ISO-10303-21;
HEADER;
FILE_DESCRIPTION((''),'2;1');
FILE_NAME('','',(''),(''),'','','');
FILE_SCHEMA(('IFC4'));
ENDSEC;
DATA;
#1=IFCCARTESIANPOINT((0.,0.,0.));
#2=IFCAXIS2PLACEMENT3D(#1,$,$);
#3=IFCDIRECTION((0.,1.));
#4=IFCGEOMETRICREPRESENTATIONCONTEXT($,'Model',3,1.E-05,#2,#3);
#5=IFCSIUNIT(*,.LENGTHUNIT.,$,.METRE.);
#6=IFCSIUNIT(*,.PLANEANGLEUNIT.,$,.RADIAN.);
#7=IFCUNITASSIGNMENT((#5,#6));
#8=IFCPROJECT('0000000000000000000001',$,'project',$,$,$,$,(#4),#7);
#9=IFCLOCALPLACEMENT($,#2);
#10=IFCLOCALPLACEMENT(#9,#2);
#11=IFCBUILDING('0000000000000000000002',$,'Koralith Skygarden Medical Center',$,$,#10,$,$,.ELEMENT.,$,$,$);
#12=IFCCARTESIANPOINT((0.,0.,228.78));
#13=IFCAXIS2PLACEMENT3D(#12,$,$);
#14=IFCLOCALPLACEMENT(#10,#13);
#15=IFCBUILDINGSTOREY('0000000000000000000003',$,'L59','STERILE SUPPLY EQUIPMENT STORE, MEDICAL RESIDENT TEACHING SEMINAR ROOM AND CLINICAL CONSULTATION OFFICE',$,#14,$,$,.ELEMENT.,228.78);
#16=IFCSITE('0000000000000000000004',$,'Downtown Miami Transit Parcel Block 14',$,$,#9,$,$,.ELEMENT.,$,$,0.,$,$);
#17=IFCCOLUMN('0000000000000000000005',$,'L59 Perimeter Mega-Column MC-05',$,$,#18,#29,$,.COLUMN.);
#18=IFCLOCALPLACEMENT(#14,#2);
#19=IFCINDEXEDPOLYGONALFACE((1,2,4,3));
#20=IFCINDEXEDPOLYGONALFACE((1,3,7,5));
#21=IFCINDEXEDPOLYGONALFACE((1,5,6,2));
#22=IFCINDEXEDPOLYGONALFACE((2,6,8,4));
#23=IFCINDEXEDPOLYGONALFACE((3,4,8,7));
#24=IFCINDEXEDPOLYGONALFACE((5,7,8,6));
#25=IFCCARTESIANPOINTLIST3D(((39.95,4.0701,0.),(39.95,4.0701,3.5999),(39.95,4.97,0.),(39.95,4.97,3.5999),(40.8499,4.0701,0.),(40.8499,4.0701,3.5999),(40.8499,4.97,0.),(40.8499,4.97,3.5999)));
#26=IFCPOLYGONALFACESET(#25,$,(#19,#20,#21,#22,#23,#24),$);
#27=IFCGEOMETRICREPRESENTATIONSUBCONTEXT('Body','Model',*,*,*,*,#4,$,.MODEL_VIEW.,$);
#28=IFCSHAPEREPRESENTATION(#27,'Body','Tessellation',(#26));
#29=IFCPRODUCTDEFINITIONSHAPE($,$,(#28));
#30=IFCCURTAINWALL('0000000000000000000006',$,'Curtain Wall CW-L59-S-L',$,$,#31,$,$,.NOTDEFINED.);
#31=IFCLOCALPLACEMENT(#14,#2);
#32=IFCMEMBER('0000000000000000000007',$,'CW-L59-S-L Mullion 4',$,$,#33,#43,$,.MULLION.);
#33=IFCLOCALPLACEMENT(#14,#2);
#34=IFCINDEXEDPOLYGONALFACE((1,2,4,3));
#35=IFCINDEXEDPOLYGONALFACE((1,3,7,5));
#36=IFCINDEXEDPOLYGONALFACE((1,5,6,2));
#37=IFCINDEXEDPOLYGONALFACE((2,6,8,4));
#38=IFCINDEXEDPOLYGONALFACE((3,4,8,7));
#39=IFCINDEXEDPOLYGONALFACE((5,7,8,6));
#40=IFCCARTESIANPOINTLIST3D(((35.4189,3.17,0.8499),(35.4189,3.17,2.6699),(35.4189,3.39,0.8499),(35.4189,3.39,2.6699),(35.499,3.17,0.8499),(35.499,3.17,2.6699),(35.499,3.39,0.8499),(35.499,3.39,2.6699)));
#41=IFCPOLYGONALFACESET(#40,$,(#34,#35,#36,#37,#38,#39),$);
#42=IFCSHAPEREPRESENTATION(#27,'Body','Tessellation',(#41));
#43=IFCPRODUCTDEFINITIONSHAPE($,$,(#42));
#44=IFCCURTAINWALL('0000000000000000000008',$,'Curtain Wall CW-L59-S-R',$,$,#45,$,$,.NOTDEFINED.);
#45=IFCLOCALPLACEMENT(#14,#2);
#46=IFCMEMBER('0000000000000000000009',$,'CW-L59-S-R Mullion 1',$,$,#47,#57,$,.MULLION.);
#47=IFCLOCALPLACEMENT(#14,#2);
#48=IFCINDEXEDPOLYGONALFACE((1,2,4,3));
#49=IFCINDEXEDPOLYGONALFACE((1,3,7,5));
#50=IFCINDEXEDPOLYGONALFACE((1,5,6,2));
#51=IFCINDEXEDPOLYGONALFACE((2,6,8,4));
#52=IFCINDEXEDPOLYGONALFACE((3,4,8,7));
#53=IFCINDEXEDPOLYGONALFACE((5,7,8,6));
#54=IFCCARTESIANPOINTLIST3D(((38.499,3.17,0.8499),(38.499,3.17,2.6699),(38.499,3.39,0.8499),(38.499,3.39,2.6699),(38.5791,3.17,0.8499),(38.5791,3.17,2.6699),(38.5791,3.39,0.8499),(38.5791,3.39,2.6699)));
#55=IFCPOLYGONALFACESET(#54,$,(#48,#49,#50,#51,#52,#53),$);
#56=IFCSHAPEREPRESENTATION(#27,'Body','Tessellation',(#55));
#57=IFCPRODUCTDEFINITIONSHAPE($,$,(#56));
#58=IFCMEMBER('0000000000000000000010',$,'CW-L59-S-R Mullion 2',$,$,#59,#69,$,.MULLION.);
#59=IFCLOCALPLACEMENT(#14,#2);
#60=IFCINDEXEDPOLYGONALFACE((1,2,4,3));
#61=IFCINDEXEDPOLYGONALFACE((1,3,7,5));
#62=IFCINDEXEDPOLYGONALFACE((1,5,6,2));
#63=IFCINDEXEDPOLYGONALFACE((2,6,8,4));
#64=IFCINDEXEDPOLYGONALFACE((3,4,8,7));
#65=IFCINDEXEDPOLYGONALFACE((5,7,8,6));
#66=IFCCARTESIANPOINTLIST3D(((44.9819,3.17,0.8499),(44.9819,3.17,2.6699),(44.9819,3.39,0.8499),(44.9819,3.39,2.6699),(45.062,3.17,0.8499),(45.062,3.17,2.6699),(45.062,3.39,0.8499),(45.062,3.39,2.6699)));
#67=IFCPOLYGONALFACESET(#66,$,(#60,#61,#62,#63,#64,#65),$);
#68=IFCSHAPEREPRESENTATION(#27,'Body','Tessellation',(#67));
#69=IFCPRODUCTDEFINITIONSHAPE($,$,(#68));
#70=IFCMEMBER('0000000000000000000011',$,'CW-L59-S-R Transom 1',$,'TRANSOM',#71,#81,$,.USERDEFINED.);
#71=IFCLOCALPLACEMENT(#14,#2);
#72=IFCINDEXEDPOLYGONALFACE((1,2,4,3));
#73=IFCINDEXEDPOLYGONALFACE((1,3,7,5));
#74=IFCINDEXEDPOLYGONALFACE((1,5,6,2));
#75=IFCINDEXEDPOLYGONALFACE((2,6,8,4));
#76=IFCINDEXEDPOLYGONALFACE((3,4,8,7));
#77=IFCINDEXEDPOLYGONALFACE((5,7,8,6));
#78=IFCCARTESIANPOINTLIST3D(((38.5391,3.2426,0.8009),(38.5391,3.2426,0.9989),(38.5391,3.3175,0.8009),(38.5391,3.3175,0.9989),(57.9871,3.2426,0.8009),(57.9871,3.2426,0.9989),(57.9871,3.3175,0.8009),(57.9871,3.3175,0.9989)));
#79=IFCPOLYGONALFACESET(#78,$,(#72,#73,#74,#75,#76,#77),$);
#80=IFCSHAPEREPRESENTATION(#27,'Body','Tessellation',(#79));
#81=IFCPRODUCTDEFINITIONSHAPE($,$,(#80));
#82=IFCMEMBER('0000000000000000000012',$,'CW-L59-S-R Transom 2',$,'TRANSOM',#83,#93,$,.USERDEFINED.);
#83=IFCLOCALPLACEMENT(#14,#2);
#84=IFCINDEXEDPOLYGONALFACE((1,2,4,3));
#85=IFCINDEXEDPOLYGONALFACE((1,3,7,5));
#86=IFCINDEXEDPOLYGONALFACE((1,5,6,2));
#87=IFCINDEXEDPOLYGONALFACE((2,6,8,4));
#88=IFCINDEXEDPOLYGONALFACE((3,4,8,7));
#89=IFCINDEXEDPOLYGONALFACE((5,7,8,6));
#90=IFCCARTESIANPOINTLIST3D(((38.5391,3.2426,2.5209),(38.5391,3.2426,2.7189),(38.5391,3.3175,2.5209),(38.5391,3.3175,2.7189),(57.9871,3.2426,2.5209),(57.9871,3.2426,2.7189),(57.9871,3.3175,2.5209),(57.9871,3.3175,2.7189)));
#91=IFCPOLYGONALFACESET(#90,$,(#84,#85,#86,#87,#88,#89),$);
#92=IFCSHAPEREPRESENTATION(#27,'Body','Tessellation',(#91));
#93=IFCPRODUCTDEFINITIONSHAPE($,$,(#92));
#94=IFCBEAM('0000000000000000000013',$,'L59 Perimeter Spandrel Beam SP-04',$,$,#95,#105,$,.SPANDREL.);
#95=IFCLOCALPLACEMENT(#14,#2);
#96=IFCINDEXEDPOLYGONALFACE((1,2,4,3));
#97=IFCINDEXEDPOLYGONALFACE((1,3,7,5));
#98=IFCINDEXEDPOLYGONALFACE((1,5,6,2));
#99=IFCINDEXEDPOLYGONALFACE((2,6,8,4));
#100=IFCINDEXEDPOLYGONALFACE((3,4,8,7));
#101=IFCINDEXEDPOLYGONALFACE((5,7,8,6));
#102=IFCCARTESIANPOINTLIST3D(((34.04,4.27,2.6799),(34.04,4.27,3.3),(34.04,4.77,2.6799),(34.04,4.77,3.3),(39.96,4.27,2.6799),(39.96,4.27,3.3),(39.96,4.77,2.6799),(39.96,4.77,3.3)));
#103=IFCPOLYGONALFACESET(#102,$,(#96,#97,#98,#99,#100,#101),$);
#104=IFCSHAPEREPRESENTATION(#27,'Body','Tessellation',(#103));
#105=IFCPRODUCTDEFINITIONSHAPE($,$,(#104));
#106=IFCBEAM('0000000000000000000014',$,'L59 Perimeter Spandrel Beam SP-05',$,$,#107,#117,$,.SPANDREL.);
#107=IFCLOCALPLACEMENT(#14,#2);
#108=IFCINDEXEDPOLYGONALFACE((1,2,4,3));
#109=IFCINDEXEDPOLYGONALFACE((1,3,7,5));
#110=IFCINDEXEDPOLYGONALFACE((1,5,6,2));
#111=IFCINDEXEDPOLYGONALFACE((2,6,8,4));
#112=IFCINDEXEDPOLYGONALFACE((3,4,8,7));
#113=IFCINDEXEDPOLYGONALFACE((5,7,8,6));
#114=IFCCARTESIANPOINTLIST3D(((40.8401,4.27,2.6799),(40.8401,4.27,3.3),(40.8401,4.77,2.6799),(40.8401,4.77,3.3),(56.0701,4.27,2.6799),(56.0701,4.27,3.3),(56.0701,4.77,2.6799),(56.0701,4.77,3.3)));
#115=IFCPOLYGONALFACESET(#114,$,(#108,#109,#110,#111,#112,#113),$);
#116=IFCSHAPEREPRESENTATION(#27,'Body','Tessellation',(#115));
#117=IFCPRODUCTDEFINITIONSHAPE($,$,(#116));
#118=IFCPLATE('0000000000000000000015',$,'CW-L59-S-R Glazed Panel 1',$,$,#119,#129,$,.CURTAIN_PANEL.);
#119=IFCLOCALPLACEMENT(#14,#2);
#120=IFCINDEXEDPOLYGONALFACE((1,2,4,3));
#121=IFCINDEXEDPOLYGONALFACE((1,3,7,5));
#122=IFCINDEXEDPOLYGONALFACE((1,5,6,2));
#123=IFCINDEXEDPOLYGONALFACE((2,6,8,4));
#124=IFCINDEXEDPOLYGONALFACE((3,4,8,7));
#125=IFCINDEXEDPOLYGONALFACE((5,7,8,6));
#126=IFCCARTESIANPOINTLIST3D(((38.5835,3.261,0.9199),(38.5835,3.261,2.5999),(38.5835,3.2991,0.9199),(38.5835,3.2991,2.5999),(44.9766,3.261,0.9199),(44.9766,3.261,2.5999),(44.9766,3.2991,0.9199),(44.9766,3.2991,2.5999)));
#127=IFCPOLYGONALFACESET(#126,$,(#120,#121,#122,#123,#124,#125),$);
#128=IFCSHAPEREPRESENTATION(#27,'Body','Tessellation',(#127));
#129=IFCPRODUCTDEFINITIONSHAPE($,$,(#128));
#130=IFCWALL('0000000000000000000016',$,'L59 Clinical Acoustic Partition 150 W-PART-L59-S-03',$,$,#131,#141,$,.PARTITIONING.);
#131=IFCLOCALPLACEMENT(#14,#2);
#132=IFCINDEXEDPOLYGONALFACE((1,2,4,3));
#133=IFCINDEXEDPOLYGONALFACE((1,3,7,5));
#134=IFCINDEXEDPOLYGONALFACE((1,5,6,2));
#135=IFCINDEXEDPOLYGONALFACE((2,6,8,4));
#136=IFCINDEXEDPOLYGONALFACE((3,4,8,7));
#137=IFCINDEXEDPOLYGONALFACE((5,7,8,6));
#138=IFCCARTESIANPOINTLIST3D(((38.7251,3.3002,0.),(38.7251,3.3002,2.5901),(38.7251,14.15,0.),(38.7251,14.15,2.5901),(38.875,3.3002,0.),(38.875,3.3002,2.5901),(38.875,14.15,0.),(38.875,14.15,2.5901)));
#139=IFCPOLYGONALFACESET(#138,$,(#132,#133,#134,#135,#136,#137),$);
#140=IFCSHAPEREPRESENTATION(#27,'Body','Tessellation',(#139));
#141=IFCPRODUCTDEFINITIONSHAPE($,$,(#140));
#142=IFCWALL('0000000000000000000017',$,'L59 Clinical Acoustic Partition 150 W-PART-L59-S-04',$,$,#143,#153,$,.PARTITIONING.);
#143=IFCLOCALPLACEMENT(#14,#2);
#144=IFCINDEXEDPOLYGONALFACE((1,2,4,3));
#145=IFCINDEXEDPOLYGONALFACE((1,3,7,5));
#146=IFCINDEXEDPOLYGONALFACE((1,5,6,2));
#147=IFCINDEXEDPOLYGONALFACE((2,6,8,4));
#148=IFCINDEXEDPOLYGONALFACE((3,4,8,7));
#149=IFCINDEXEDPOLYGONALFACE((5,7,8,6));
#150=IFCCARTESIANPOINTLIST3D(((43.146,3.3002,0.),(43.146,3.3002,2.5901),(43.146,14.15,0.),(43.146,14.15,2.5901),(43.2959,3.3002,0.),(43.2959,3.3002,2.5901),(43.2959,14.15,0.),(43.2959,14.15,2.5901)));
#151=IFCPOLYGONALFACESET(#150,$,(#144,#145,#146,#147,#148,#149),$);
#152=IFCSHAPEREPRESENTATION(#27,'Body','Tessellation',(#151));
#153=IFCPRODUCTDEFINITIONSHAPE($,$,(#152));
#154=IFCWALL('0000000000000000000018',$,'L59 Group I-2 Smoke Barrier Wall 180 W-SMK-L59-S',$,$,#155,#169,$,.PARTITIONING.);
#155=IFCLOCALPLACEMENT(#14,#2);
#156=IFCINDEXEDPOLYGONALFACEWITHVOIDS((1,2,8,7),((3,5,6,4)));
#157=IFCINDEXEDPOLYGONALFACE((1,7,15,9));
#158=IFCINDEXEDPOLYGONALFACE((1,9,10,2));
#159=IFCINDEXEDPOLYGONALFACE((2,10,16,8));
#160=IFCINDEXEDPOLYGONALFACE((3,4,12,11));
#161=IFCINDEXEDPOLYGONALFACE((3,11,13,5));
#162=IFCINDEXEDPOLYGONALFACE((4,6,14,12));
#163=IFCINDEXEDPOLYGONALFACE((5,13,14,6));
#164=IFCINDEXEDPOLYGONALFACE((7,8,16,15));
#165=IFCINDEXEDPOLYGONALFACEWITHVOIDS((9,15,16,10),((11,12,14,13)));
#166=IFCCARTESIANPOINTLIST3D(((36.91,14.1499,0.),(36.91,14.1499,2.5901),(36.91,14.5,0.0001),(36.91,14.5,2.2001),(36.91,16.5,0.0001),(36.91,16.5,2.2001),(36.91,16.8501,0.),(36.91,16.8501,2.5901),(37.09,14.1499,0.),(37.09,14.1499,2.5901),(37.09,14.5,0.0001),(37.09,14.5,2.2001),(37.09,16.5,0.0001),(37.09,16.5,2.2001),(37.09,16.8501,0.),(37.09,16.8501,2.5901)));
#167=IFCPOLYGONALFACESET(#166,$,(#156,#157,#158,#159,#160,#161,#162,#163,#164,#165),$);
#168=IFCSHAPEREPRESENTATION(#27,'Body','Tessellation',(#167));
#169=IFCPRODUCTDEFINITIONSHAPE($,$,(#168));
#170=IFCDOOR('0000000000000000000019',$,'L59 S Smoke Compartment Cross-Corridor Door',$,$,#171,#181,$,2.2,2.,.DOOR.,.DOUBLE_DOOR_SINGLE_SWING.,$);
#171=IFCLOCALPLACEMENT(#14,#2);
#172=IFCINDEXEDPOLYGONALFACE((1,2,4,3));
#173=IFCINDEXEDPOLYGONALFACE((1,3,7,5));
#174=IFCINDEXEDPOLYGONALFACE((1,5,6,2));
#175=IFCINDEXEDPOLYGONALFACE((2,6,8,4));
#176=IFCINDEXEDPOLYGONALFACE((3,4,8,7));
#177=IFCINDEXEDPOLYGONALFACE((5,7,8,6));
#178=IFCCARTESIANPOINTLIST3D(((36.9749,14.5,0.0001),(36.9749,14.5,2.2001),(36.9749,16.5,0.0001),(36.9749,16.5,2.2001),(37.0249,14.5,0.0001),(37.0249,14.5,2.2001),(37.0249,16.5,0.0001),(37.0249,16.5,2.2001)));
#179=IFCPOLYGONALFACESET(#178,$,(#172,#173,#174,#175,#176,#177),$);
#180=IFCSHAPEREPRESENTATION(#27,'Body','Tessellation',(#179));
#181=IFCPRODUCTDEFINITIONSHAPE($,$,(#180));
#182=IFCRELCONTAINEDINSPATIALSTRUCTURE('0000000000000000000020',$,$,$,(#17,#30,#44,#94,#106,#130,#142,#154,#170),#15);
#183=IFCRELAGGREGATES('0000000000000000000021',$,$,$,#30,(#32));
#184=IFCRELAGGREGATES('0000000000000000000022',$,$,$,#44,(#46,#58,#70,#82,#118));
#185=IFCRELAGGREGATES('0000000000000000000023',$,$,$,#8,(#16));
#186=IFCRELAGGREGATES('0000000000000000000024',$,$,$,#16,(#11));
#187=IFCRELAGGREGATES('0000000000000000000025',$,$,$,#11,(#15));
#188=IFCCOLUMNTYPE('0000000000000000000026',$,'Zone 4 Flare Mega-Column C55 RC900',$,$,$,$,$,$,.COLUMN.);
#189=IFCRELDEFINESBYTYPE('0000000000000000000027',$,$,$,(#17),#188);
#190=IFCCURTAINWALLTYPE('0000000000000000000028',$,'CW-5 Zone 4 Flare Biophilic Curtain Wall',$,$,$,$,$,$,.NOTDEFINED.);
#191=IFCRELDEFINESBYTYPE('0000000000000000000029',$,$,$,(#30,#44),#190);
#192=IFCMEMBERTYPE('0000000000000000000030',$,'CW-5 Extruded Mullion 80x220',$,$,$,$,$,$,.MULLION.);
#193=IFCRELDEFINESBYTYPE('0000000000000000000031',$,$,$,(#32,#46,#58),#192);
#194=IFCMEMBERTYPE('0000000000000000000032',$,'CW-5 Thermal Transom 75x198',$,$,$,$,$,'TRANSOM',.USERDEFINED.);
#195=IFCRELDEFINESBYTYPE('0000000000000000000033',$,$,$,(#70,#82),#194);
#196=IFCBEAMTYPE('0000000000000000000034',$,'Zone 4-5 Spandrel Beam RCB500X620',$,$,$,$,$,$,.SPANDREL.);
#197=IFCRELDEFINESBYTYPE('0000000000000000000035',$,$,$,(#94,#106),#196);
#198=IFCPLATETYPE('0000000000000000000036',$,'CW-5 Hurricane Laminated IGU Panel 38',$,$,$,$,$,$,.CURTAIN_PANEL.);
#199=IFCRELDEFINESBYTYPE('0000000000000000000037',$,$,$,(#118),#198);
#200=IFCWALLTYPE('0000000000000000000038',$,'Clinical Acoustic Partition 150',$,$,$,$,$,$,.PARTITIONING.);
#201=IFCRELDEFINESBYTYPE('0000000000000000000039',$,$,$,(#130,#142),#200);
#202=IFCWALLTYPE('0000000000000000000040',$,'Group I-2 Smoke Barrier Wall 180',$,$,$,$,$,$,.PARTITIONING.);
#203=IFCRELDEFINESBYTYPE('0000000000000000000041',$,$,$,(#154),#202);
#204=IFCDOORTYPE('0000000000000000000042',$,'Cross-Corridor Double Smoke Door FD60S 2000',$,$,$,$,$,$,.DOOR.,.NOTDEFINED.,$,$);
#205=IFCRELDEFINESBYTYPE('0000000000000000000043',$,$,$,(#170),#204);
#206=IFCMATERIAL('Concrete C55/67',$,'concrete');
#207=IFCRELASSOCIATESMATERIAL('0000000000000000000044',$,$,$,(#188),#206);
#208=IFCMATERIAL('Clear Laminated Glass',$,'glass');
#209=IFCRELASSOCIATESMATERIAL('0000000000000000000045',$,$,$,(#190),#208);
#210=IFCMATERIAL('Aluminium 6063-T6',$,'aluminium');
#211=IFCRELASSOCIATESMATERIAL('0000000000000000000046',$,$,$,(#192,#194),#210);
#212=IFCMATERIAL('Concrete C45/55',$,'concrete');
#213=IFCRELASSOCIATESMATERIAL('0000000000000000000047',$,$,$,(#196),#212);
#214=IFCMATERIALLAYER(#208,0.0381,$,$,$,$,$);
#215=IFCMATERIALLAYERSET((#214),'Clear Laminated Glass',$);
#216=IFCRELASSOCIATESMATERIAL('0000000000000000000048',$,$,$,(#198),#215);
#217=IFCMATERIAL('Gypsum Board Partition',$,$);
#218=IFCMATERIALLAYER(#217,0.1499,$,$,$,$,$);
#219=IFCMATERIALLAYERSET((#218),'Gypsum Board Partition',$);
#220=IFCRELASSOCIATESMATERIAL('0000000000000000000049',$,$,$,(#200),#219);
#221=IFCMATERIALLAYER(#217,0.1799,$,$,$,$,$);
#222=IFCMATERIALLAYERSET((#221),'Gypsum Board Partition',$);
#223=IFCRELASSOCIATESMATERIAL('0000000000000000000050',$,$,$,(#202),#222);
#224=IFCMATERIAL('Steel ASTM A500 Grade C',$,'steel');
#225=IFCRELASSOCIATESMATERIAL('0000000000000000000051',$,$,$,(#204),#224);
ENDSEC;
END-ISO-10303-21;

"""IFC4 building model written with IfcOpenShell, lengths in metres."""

from ifc_helpers import new_model, si_unit, direction, frame, frame_2d, origin, origin_2d, place, context, subcontext, project, spatial, rectangle, extrude, material, layer, layer_set, material_profile, profile_set, type_object, element, fill, aggregate, save


model = new_model("IFC4")

# Units and contexts
model_context = context("Model", 3, precision=1e-05, world=origin(), true_north=direction((0.0, 1.0)))
body_context = subcontext(model_context, "Body", "Model", "MODEL_VIEW")
ifc_project = project(units=[si_unit("LENGTHUNIT", "METRE"), si_unit("PLANEANGLEUNIT", "RADIAN")], contexts=[model_context])

# Site, building, storey
site_placement = place(None, origin())
site = spatial("IfcSite", under=ifc_project, at=site_placement, Name="Downtown Miami Transit Parcel Block 14", CompositionType="ELEMENT", RefElevation=0.0)
building_placement = place(site_placement, origin())
building = spatial("IfcBuilding", under=site, at=building_placement, Name="Koralith Skygarden Medical Center", CompositionType="ELEMENT")
storey_placement = place(building_placement, frame((0.0, 0.0, 228.78)))
storey = spatial("IfcBuildingStorey", under=building, at=storey_placement, Name="L59", Description="STERILE SUPPLY EQUIPMENT STORE, MEDICAL RESIDENT TEACHING SEMINAR ROOM AND CLINICAL CONSULTATION OFFICE", CompositionType="ELEMENT", Elevation=228.78)

# Column
ifc_material_1 = material(Name="Concrete C55/67", Category="concrete")
ifc_material_profile_1 = material_profile(ifc_material_1, rectangle(XDim=0.8999, YDim=0.8999, at=origin_2d()), Name="RC900X900")
ifc_profile_set_1 = profile_set([ifc_material_profile_1], Name="Concrete C55/67")
column_type = type_object("IfcColumnType", Name="Zone 4 Flare Mega-Column C55 RC900", PredefinedType="COLUMN", material=ifc_profile_set_1)
column_placement = place(storey_placement, frame((40.3999, 4.52, 0.0), z_axis=(0.0, 0.0, 1.0), x_axis=(1.0, 0.0, 0.0)))
element("IfcColumn", 1, at=column_placement, inside=storey, type_object=column_type, Name="L59 Perimeter Mega-Column MC-05", PredefinedType="COLUMN", context=body_context, shape_type="SweptSolid", body=[
    extrude(rectangle(XDim=0.8999, YDim=0.8999, at=origin_2d()), origin(), (0.0, 0.0, 1.0), 3.5999),
])

# Curtain wall, member
ifc_material_2 = material(Name="Clear Laminated Glass", Category="glass")
curtain_wall_type = type_object("IfcCurtainWallType", Name="CW-5 Zone 4 Flare Biophilic Curtain Wall", PredefinedType="NOTDEFINED", material=ifc_material_2)
curtain_wall_1_placement = place(storey_placement, origin())
curtain_wall_1 = element("IfcCurtainWall", 2, at=curtain_wall_1_placement, inside=storey, type_object=curtain_wall_type, Name="Curtain Wall CW-L59-S-L", PredefinedType="NOTDEFINED")
ifc_material_3 = material(Name="Aluminium 6063-T6", Category="aluminium")
ifc_material_profile_2 = material_profile(ifc_material_3, rectangle(XDim=0.0801, YDim=0.22, at=origin_2d()), Name="MUL80X220")
ifc_profile_set_2 = profile_set([ifc_material_profile_2], Name="Aluminium 6063-T6")
member_type_1 = type_object("IfcMemberType", Name="CW-5 Extruded Mullion 80x220", PredefinedType="MULLION", material=ifc_profile_set_2)
member_1_placement = place(storey_placement, frame((35.459, 3.28, 0.8499), z_axis=(0.0, 0.0, 1.0), x_axis=(1.0, 0.0, 0.0)))
member_1 = element("IfcMember", 3, at=member_1_placement, type_object=member_type_1, Name="CW-L59-S-L Mullion 4", PredefinedType="MULLION", context=body_context, shape_type="SweptSolid", body=[
    extrude(rectangle(XDim=0.0801, YDim=0.22, at=origin_2d()), origin(), (0.0, 0.0, 1.0), 1.8201),
])
aggregate(curtain_wall_1, [member_1])

# Curtain wall, members
curtain_wall_2_placement = place(storey_placement, origin())
curtain_wall_2 = element("IfcCurtainWall", 4, at=curtain_wall_2_placement, inside=storey, type_object=curtain_wall_type, Name="Curtain Wall CW-L59-S-R", PredefinedType="NOTDEFINED")
member_2_placement = place(storey_placement, frame((38.5391, 3.28, 0.8499), z_axis=(0.0, 0.0, 1.0), x_axis=(1.0, 0.0, 0.0)))
member_2 = element("IfcMember", 5, at=member_2_placement, type_object=member_type_1, Name="CW-L59-S-R Mullion 1", PredefinedType="MULLION", context=body_context, shape_type="SweptSolid", body=[
    extrude(rectangle(XDim=0.0801, YDim=0.22, at=origin_2d()), origin(), (0.0, 0.0, 1.0), 1.8201),
])
member_3_placement = place(storey_placement, frame((45.022, 3.28, 0.8499), z_axis=(0.0, 0.0, 1.0), x_axis=(1.0, 0.0, 0.0)))
member_3 = element("IfcMember", 6, at=member_3_placement, type_object=member_type_1, Name="CW-L59-S-R Mullion 2", PredefinedType="MULLION", context=body_context, shape_type="SweptSolid", body=[
    extrude(rectangle(XDim=0.0801, YDim=0.22, at=origin_2d()), origin(), (0.0, 0.0, 1.0), 1.8201),
])
ifc_material_profile_3 = material_profile(ifc_material_3, rectangle(XDim=0.075, YDim=0.198, at=origin_2d()), Name="TRN75X198")
ifc_profile_set_3 = profile_set([ifc_material_profile_3], Name="Aluminium 6063-T6")
member_type_2 = type_object("IfcMemberType", Name="CW-5 Thermal Transom 75x198", ElementType="TRANSOM", PredefinedType="USERDEFINED", material=ifc_profile_set_3)
member_4_placement = place(storey_placement, frame((38.5391, 3.28, 0.8999), z_axis=(1.0, 0.0, 0.0), x_axis=(0.0, 1.0, 0.0)))
member_4 = element("IfcMember", 7, at=member_4_placement, type_object=member_type_2, Name="CW-L59-S-R Transom 1", ObjectType="TRANSOM", PredefinedType="USERDEFINED", context=body_context, shape_type="SweptSolid", body=[
    extrude(rectangle(XDim=0.075, YDim=0.198, at=origin_2d()), origin(), (0.0, 0.0, 1.0), 19.448),
])
member_5_placement = place(storey_placement, frame((38.5391, 3.28, 2.6199), z_axis=(1.0, 0.0, 0.0), x_axis=(0.0, 1.0, 0.0)))
member_5 = element("IfcMember", 8, at=member_5_placement, type_object=member_type_2, Name="CW-L59-S-R Transom 2", ObjectType="TRANSOM", PredefinedType="USERDEFINED", context=body_context, shape_type="SweptSolid", body=[
    extrude(rectangle(XDim=0.075, YDim=0.198, at=origin_2d()), origin(), (0.0, 0.0, 1.0), 19.448),
])

# Beams
ifc_material_4 = material(Name="Concrete C45/55", Category="concrete")
ifc_material_profile_4 = material_profile(ifc_material_4, rectangle(XDim=0.5, YDim=0.6201, at=origin_2d()), Name="RCB500X620")
ifc_profile_set_4 = profile_set([ifc_material_profile_4], Name="Concrete C45/55")
beam_type = type_object("IfcBeamType", Name="Zone 4-5 Spandrel Beam RCB500X620", PredefinedType="SPANDREL", material=ifc_profile_set_4)
beam_1_placement = place(storey_placement, frame((34.04, 4.52, 2.99), z_axis=(1.0, 0.0, 0.0), x_axis=(0.0, 1.0, 0.0)))
element("IfcBeam", 9, at=beam_1_placement, inside=storey, type_object=beam_type, Name="L59 Perimeter Spandrel Beam SP-04", PredefinedType="SPANDREL", context=body_context, shape_type="SweptSolid", body=[
    extrude(rectangle(XDim=0.5, YDim=0.6201, at=origin_2d()), origin(), (0.0, 0.0, 1.0), 5.9199),
])
beam_2_placement = place(storey_placement, frame((40.8401, 4.52, 2.99), z_axis=(1.0, 0.0, 0.0), x_axis=(0.0, 1.0, 0.0)))
element("IfcBeam", 10, at=beam_2_placement, inside=storey, type_object=beam_type, Name="L59 Perimeter Spandrel Beam SP-05", PredefinedType="SPANDREL", context=body_context, shape_type="SweptSolid", body=[
    extrude(rectangle(XDim=0.5, YDim=0.6201, at=origin_2d()), origin(), (0.0, 0.0, 1.0), 15.23),
])

# Plate
ifc_layer_1 = layer(ifc_material_2, 0.0381)
ifc_layer_set_1 = layer_set([ifc_layer_1], Name="Clear Laminated Glass")
plate_type = type_object("IfcPlateType", Name="CW-5 Hurricane Laminated IGU Panel 38", PredefinedType="CURTAIN_PANEL", material=ifc_layer_set_1)
plate_placement = place(storey_placement, frame((41.78, 3.28, 0.9199), z_axis=(0.0, 0.0, 1.0), x_axis=(1.0, 0.0, 0.0)))
plate = element("IfcPlate", 11, at=plate_placement, type_object=plate_type, Name="CW-L59-S-R Glazed Panel 1", PredefinedType="CURTAIN_PANEL", context=body_context, shape_type="SweptSolid", body=[
    extrude(rectangle(XDim=6.3931, YDim=0.0381, at=origin_2d()), origin(), (0.0, 0.0, 1.0), 1.6799),
])
aggregate(curtain_wall_2, [member_2, member_3, member_4, member_5, plate])

# Walls
ifc_material_5 = material(Name="Gypsum Board Partition")
ifc_layer_2 = layer(ifc_material_5, 0.1499)
ifc_layer_set_2 = layer_set([ifc_layer_2], Name="Gypsum Board Partition")
wall_type_1 = type_object("IfcWallType", Name="Clinical Acoustic Partition 150", PredefinedType="PARTITIONING", material=ifc_layer_set_2)
for number, where, z_axis, x_axis, name in (
    (12, (38.8, 14.1499, 0.0), (0.0, 0.0, 1.0), (0.0, -1.0, 0.0), "L59 Clinical Acoustic Partition 150 W-PART-L59-S-03"),
    (13, (43.2209, 14.1499, 0.0), (0.0, 0.0, 1.0), (0.0, -1.0, 0.0), "L59 Clinical Acoustic Partition 150 W-PART-L59-S-04"),
):
    element("IfcWall", number, at=place(storey_placement, frame(where, z_axis=z_axis, x_axis=x_axis)), inside=storey, type_object=wall_type_1, Name=name, PredefinedType="PARTITIONING", context=body_context, shape_type="SweptSolid", body=[
        extrude(rectangle(XDim=10.8499, YDim=0.1499, at=frame_2d((5.4248, 0.0))), origin(), (0.0, 0.0, 1.0), 2.5901),
    ])

# Wall, opening, door
ifc_layer_3 = layer(ifc_material_5, 0.1799)
ifc_layer_set_3 = layer_set([ifc_layer_3], Name="Gypsum Board Partition")
wall_type_2 = type_object("IfcWallType", Name="Group I-2 Smoke Barrier Wall 180", PredefinedType="PARTITIONING", material=ifc_layer_set_3)
wall_1_placement = place(storey_placement, frame((37.0, 14.1499, 0.0), z_axis=(0.0, 0.0, 1.0), x_axis=(0.0, 1.0, 0.0)))
wall_1 = element("IfcWall", 14, at=wall_1_placement, inside=storey, type_object=wall_type_2, Name="L59 Group I-2 Smoke Barrier Wall 180 W-SMK-L59-S", PredefinedType="PARTITIONING", context=body_context, shape_type="SweptSolid", body=[
    extrude(rectangle(XDim=2.7002, YDim=0.1799, at=frame_2d((1.3501, 0.0))), origin(), (0.0, 0.0, 1.0), 2.5901),
])
opening_1_placement = place(wall_1_placement, frame((0.3501, 0.0, 0.0)))
opening_1 = element("IfcOpeningElement", 15, at=opening_1_placement, cuts=wall_1, PredefinedType="OPENING", context=body_context, shape_type="SweptSolid", body=[
    extrude(rectangle(XDim=2.0, YDim=2.2, at=frame_2d((1.0, 1.1001))), frame((0.0, 0.0999, 0.0), z_axis=(0.0, -1.0, 0.0), x_axis=(1.0, 0.0, 0.0)), (0.0, 0.0, 1.0), 0.2),
])
ifc_material_6 = material(Name="Steel ASTM A500 Grade C", Category="steel")
door_type_1 = type_object("IfcDoorType", Name="Cross-Corridor Double Smoke Door FD60S 2000", OperationType="NOTDEFINED", PredefinedType="DOOR", material=ifc_material_6)
door_1_placement = place(opening_1_placement, frame((2.0, 0.0, 0.0), z_axis=(0.0, 0.0, 1.0), x_axis=(-1.0, 0.0, 0.0)))
door_1 = element("IfcDoor", 16, at=door_1_placement, inside=storey, type_object=door_type_1, Name="L59 S Smoke Compartment Cross-Corridor Door", OperationType="DOUBLE_DOOR_SINGLE_SWING", OverallHeight=2.2, OverallWidth=2.0, PredefinedType="DOOR", context=body_context, shape_type="SweptSolid", body=[
    extrude(rectangle(XDim=2.0, YDim=2.2, at=frame_2d((1.0, 1.1001))), frame((0.0, 0.0249, 0.0), z_axis=(0.0, -1.0, 0.0), x_axis=(1.0, 0.0, 0.0)), (0.0, 0.0, 1.0), 0.05),
])
fill(opening_1, door_1)

save(model, "model.ifc")
